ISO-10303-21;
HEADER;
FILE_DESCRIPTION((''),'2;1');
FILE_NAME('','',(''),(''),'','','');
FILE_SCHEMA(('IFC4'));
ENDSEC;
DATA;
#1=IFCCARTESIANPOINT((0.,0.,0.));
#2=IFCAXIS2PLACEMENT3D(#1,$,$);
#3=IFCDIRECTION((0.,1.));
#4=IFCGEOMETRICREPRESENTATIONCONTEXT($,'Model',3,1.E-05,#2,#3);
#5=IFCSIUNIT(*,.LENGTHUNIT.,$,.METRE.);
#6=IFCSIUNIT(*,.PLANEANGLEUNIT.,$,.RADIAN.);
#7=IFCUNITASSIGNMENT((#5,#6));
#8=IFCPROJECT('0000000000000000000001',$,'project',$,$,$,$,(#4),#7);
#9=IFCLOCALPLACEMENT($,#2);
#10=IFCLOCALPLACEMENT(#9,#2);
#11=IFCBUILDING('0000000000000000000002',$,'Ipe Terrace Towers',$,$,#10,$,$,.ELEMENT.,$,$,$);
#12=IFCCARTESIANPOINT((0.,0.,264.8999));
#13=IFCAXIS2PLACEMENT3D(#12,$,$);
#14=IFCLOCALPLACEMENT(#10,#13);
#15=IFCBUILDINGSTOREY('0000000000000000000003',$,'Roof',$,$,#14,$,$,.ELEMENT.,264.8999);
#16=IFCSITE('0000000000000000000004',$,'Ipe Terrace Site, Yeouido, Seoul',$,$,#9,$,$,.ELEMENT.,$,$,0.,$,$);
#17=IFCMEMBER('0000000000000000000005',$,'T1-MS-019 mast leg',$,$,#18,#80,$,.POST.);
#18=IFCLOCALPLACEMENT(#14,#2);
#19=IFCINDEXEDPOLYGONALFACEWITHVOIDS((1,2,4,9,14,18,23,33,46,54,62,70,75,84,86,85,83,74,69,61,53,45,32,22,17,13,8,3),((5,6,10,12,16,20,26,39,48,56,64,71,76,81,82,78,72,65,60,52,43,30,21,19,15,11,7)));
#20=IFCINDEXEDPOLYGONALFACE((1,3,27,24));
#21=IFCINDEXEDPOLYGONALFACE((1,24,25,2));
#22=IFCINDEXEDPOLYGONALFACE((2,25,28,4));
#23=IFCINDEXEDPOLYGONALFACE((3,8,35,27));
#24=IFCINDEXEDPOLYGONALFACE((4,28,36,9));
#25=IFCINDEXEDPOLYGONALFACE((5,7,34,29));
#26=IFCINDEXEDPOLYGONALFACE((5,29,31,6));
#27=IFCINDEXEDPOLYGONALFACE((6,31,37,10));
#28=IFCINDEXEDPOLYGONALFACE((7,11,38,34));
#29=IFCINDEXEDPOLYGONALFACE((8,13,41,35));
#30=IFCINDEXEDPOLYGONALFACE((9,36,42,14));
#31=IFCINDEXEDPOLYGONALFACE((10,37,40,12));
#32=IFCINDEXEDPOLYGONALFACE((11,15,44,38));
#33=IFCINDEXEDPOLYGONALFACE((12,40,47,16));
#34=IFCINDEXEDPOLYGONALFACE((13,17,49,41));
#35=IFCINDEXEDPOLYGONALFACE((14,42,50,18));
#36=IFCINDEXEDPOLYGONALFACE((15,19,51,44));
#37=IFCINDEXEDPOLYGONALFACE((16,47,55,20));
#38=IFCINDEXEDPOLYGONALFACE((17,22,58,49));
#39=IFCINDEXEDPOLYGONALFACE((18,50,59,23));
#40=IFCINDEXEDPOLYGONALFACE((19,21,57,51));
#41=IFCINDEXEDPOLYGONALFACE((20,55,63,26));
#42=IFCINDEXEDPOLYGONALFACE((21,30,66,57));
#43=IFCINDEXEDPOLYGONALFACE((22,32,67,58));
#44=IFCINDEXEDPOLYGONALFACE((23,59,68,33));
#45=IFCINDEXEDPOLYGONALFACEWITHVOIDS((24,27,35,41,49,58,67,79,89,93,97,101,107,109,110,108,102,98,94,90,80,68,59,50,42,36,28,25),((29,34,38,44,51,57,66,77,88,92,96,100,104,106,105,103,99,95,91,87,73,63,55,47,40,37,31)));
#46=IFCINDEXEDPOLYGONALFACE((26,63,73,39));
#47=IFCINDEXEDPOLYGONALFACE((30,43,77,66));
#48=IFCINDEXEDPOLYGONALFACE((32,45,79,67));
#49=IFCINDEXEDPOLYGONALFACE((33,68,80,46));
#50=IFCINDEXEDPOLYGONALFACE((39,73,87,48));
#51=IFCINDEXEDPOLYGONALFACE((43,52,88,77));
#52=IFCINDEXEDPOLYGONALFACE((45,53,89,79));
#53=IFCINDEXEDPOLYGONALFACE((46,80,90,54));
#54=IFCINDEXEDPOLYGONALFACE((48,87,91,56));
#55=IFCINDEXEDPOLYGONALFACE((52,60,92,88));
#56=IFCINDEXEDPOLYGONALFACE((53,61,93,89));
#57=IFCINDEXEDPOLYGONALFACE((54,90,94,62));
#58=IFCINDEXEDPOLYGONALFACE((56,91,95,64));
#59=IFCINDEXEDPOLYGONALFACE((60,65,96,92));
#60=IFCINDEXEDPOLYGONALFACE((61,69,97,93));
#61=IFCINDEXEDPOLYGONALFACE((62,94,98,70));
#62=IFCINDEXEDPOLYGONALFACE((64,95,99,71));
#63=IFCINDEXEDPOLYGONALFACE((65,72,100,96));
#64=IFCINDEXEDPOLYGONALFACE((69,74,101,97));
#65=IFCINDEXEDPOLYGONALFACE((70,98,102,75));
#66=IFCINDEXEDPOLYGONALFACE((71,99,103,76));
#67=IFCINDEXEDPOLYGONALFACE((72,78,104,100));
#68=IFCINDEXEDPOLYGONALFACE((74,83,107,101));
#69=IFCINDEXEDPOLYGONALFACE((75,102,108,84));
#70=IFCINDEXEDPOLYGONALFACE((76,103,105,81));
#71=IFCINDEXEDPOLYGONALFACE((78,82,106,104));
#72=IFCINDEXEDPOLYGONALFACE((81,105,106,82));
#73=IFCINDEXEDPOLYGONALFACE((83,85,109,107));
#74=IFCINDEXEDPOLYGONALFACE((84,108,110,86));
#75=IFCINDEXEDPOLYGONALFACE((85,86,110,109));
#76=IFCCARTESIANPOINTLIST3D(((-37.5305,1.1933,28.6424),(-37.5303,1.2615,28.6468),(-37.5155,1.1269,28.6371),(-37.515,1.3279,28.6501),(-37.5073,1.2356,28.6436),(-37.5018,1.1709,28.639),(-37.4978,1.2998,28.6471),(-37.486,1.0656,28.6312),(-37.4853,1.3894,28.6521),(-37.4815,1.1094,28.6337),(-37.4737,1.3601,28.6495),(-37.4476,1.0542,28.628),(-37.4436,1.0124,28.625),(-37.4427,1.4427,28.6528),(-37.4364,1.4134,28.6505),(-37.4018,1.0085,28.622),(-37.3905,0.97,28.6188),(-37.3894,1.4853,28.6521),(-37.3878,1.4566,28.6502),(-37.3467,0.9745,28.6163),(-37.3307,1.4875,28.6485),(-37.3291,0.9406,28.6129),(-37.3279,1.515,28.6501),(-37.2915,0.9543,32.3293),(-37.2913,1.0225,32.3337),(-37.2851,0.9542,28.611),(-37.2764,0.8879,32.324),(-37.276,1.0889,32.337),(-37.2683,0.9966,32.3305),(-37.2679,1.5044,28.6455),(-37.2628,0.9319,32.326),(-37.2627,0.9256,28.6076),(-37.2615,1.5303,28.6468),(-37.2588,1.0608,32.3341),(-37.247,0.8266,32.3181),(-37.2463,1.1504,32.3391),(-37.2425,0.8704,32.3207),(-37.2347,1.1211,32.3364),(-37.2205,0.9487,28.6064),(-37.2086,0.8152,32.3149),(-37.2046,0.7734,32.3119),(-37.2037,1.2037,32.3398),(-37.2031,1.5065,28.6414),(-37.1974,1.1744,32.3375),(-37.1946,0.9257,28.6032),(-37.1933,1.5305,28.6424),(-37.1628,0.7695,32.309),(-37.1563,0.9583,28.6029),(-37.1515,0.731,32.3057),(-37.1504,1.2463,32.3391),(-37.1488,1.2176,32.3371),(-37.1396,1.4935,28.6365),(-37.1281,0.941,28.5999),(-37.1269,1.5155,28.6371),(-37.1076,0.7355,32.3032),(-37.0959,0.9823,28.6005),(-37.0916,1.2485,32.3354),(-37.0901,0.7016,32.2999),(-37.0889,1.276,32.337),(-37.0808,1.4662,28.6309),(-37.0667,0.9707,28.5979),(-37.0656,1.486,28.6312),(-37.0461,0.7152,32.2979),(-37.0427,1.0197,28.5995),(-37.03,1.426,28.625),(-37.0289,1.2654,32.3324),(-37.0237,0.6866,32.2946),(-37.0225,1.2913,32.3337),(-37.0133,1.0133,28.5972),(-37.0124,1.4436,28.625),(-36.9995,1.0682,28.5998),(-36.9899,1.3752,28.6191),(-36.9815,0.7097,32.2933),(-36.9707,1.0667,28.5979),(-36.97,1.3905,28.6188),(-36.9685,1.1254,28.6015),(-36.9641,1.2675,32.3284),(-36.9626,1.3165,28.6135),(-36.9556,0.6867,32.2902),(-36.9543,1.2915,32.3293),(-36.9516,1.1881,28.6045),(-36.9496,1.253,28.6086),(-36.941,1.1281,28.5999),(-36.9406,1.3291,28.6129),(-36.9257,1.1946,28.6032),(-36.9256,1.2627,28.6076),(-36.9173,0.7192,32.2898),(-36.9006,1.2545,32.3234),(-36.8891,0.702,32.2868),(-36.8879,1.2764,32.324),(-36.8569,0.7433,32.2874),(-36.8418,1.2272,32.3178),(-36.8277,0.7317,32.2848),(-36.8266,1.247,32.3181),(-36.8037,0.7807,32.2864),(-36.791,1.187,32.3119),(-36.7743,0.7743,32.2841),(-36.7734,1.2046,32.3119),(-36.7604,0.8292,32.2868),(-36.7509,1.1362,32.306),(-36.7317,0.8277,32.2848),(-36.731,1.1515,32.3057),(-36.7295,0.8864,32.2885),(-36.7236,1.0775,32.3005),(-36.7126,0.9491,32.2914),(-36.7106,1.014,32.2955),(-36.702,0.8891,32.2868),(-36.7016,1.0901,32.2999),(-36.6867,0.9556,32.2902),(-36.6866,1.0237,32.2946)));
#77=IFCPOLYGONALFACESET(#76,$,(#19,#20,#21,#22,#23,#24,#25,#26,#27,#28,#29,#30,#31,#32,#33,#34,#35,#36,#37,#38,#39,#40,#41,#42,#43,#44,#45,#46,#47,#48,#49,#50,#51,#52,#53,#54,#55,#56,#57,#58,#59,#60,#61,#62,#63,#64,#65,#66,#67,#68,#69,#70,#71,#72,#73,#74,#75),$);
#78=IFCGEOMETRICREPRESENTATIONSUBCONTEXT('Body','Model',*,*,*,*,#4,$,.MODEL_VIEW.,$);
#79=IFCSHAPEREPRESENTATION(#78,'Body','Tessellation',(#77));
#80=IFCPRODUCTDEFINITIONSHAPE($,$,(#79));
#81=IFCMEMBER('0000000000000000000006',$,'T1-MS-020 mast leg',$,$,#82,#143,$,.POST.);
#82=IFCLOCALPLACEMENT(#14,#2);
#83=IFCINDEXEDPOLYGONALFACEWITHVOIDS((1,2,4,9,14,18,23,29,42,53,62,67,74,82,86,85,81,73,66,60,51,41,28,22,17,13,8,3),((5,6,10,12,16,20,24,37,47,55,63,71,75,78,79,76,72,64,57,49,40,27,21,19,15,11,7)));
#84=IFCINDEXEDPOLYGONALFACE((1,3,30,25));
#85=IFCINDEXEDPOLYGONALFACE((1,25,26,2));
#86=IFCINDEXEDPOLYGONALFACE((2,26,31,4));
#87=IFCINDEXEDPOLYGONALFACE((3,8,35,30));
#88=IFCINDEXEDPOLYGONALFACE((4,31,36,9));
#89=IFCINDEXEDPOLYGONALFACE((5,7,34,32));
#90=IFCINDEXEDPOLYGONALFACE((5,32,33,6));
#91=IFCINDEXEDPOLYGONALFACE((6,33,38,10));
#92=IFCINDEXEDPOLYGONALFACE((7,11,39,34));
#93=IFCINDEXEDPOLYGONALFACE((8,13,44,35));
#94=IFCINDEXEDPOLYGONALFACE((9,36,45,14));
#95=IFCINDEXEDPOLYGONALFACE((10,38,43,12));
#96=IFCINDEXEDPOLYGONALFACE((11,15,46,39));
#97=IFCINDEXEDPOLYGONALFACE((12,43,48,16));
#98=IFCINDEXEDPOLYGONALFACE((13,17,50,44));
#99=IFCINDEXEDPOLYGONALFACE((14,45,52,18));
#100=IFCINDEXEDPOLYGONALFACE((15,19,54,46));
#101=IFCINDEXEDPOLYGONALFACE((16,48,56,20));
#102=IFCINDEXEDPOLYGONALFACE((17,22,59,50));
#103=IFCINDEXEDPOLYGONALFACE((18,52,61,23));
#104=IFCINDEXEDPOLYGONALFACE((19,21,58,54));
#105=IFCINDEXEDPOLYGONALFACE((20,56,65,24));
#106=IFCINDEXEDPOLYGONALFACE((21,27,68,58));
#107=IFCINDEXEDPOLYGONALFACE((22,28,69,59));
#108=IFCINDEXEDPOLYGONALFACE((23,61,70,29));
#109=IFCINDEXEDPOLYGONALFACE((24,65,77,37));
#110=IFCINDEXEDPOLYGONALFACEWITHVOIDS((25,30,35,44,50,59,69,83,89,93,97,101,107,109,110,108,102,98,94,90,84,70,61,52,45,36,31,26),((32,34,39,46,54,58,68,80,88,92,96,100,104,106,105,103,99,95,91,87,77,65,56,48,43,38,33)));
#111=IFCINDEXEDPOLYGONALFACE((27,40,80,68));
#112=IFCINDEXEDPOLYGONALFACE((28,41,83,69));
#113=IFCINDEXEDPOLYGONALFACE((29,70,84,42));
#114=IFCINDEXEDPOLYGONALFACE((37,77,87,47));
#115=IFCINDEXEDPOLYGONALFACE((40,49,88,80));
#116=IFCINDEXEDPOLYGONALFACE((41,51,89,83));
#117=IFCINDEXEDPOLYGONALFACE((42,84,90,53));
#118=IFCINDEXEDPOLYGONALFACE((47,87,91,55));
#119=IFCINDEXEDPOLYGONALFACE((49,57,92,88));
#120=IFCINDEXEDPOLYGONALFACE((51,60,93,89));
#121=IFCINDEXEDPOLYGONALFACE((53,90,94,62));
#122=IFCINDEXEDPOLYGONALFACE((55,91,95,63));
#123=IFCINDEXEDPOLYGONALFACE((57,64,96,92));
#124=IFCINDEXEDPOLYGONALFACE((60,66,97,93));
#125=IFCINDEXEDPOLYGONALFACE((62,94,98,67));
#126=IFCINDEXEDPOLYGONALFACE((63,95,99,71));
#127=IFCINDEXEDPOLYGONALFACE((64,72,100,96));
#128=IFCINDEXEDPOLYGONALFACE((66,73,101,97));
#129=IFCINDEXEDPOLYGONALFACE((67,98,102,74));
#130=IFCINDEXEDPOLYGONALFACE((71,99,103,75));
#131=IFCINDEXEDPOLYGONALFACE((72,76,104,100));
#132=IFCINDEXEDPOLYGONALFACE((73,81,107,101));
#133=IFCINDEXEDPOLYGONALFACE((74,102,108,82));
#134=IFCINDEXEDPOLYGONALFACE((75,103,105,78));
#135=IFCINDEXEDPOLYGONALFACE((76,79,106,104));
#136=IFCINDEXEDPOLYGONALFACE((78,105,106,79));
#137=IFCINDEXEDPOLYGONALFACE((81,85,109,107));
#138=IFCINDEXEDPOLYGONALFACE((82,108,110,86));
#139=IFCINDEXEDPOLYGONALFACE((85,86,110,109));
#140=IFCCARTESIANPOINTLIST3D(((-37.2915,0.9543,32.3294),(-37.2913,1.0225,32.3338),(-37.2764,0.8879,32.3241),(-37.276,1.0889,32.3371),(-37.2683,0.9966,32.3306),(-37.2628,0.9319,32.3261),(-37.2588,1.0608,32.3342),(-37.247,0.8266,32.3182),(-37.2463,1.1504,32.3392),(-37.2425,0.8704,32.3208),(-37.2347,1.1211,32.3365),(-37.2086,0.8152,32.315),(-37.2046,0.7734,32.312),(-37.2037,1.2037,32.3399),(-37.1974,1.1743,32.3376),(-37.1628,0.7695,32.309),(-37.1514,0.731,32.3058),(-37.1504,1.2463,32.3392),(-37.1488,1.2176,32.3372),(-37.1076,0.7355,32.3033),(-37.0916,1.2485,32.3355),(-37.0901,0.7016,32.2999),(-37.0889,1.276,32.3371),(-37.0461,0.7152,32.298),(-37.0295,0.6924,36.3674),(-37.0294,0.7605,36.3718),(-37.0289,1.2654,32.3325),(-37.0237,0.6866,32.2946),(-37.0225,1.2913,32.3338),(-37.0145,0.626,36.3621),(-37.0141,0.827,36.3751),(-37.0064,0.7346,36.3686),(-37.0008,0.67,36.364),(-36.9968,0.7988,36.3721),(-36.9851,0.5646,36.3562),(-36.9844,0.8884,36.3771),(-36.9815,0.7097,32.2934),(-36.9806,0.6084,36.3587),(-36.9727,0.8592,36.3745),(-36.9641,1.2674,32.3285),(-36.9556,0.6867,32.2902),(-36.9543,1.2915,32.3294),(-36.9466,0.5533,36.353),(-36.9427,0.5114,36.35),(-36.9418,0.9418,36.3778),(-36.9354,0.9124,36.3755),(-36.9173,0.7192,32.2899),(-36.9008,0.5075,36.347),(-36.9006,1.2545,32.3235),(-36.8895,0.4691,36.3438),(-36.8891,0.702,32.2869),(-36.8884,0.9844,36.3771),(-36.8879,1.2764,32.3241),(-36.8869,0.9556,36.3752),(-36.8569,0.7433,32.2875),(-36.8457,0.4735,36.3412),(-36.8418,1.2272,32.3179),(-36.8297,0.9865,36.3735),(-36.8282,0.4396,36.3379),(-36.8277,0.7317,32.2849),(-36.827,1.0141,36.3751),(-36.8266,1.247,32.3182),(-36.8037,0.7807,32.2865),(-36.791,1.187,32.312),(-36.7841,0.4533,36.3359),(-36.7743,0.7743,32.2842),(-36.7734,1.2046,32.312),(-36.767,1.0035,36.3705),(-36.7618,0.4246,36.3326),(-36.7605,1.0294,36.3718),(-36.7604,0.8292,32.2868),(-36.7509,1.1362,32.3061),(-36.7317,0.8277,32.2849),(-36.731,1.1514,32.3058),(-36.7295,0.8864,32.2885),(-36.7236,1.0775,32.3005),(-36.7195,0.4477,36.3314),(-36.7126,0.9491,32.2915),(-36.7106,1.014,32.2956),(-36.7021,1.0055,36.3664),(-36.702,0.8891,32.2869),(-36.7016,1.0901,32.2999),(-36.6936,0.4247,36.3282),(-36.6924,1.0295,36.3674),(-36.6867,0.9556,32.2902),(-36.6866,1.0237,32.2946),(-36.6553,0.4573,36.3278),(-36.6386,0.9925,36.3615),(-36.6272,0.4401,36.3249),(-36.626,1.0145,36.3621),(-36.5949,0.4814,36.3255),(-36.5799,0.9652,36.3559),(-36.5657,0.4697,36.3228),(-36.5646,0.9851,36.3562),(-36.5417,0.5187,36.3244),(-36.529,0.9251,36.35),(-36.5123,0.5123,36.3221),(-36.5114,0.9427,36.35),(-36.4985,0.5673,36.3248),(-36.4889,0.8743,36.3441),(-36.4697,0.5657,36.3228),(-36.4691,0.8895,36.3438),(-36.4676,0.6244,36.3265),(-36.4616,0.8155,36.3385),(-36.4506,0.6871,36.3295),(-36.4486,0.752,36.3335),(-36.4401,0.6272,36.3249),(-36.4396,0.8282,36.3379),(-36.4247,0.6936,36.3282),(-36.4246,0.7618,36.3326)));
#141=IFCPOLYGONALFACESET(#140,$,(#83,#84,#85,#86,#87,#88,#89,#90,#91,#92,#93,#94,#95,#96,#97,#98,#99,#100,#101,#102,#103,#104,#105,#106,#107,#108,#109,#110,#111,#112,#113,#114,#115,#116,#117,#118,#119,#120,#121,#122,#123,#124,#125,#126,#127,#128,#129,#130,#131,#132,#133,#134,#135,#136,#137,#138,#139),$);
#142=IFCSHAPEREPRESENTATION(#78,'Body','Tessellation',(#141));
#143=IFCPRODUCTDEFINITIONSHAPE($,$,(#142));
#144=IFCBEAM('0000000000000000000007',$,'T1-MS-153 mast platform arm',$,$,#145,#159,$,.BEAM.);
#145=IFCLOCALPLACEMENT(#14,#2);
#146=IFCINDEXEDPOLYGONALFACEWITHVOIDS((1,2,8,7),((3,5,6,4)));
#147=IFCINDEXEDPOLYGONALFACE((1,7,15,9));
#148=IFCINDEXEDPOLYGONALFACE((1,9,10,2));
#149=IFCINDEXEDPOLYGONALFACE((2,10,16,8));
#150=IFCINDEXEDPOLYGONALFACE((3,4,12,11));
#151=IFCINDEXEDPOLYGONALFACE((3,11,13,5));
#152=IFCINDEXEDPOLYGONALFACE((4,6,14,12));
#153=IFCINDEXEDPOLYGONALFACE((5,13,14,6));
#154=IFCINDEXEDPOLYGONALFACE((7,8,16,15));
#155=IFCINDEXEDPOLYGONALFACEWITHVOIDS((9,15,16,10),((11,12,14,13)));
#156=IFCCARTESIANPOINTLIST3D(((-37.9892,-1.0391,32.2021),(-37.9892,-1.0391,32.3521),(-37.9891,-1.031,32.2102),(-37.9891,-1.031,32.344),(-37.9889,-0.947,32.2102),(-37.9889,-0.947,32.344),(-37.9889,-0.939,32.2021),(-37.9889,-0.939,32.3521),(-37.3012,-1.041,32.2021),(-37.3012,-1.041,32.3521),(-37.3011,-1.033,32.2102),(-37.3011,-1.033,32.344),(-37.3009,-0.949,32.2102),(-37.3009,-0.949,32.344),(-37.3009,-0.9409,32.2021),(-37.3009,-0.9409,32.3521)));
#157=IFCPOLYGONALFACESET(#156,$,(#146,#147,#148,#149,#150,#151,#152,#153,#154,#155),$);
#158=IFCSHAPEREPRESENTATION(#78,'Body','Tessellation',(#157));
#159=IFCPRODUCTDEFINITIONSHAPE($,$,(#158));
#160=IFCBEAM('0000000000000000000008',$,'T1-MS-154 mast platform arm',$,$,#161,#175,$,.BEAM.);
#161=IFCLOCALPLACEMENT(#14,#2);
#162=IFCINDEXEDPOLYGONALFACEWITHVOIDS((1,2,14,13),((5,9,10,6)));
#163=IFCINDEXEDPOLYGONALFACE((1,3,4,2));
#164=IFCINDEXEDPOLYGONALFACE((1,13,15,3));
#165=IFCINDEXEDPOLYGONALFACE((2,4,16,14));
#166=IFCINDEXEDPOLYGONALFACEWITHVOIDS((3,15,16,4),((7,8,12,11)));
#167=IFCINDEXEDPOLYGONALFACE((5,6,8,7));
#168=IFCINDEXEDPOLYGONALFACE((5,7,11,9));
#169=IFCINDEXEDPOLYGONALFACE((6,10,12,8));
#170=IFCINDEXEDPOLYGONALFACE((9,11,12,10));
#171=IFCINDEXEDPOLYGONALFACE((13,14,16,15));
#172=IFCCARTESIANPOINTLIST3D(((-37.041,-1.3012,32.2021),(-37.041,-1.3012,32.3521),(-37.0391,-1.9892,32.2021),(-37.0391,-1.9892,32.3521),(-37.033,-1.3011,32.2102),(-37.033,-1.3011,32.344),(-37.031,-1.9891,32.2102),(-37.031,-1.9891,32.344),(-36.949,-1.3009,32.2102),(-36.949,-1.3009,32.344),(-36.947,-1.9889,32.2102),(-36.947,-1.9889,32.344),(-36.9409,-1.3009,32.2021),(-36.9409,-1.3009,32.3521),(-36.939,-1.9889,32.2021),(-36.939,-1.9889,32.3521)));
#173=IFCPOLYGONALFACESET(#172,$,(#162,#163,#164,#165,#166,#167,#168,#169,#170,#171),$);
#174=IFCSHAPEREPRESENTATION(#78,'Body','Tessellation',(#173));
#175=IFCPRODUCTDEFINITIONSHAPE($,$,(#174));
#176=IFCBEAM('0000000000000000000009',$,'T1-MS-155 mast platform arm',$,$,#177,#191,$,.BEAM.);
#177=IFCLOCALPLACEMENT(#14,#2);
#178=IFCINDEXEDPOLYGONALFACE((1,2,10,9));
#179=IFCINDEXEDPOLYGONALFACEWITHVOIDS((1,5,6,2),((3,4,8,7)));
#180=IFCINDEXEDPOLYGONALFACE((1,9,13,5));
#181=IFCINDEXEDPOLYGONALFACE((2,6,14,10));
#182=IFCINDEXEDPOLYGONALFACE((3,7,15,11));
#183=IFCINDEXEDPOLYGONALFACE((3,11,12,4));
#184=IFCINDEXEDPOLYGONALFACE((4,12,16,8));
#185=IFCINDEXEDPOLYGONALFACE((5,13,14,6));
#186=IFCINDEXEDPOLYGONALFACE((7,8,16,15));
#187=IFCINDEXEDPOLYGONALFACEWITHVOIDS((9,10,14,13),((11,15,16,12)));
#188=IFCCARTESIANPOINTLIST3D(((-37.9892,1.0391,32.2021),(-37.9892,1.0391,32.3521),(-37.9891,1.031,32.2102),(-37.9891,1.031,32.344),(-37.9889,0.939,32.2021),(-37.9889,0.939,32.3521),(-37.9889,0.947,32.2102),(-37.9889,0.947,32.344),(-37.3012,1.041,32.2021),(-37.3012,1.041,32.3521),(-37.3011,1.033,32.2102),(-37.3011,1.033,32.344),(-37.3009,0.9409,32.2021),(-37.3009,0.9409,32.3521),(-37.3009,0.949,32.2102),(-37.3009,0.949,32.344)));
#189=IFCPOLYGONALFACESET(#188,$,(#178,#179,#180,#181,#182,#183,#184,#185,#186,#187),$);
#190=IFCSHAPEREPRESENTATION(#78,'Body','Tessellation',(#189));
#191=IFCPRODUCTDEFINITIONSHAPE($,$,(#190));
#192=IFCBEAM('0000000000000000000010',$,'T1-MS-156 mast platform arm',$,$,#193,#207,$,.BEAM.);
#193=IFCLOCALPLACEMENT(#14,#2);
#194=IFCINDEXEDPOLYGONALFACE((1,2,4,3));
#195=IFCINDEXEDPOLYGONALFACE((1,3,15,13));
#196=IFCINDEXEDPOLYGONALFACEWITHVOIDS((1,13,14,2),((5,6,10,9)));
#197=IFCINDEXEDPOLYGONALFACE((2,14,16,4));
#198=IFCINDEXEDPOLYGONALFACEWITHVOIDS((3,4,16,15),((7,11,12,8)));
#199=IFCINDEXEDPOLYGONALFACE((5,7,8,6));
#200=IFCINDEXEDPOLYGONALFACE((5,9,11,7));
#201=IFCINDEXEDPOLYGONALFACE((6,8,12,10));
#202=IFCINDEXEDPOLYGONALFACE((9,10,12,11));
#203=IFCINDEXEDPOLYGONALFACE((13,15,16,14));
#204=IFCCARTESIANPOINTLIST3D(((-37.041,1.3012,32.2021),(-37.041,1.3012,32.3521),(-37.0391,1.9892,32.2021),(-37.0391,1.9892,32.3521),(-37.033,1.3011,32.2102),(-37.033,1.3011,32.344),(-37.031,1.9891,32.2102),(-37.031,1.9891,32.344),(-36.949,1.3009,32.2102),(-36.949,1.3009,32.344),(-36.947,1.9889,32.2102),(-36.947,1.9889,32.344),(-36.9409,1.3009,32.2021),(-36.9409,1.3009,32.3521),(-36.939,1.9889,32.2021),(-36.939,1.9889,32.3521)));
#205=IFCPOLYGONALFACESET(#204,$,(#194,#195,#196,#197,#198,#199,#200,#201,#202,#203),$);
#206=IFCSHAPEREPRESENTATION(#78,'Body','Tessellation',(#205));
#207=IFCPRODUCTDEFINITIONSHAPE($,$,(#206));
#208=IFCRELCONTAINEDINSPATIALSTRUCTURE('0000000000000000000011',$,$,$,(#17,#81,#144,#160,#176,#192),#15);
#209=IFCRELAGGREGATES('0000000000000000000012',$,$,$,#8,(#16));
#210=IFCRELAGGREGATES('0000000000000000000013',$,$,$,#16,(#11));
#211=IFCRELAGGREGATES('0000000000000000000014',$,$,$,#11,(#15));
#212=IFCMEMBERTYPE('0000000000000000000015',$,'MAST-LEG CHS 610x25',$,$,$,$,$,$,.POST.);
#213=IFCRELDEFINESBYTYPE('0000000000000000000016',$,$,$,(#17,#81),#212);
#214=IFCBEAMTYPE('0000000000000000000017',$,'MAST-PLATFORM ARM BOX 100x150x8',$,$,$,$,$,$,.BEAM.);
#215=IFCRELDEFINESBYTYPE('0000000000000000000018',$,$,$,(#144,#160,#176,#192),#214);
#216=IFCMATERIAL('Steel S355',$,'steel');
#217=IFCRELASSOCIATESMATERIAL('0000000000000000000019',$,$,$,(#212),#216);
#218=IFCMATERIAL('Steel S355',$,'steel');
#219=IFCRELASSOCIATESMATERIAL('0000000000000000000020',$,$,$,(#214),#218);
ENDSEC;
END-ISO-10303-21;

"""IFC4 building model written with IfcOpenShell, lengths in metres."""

from ifc_helpers import new_model, si_unit, direction, frame, origin, origin_2d, place, context, subcontext, project, spatial, hollow_rectangle, hollow_circle, extrude, material, material_profile, profile_set, type_object, element, save


model = new_model("IFC4")

# Units and contexts
model_context = context("Model", 3, precision=1e-05, world=origin(), true_north=direction((0.0, 1.0)))
body_context = subcontext(model_context, "Body", "Model", "MODEL_VIEW")
ifc_project = project(units=[si_unit("LENGTHUNIT", "METRE"), si_unit("PLANEANGLEUNIT", "RADIAN")], contexts=[model_context])

# Site, building, storey
site_placement = place(None, origin())
site = spatial("IfcSite", under=ifc_project, at=site_placement, Name="Ipe Terrace Site, Yeouido, Seoul", CompositionType="ELEMENT", RefElevation=0.0)
building_placement = place(site_placement, origin())
building = spatial("IfcBuilding", under=site, at=building_placement, Name="Ipe Terrace Towers", CompositionType="ELEMENT")
storey_placement = place(building_placement, frame((0.0, 0.0, 264.8999)))
storey = spatial("IfcBuildingStorey", under=building, at=storey_placement, Name="Roof", CompositionType="ELEMENT", Elevation=264.8999)

# Members
ifc_material_1 = material(Name="Steel S355", Category="steel")
ifc_material_profile_1 = material_profile(ifc_material_1, hollow_circle(Radius=0.3049, WallThickness=0.0249, at=origin_2d()), Name="MAST-LEG CHS 610x25")
ifc_profile_set_1 = profile_set([ifc_material_profile_1], Name="Steel S355")
member_type_1 = type_object("IfcMemberType", Name="MAST-LEG CHS 610x25", PredefinedType="POST", material=ifc_profile_set_1)
member_1_placement = place(storey_placement, frame((-37.228, 1.228, 28.625), z_axis=(0.064555, -0.064555, 0.995824), x_axis=(0.707107, 0.707107, 0.0)))
element("IfcMember", 1, at=member_1_placement, inside=storey, type_object=member_type_1, Name="T1-MS-019 mast leg", PredefinedType="POST", context=body_context, shape_type="SweptSolid", body=[
    extrude(hollow_circle(Radius=0.3049, WallThickness=0.0249, at=origin_2d()), origin(), (0.0, 0.0, 1.0), 3.7024),
])
member_2_placement = place(storey_placement, frame((-36.989, 0.989, 32.312), z_axis=(0.064602, -0.064602, 0.995818), x_axis=(0.707107, 0.707107, 0.0)))
element("IfcMember", 2, at=member_2_placement, inside=storey, type_object=member_type_1, Name="T1-MS-020 mast leg", PredefinedType="POST", context=body_context, shape_type="SweptSolid", body=[
    extrude(hollow_circle(Radius=0.3049, WallThickness=0.0249, at=origin_2d()), origin(), (0.0, 0.0, 1.0), 4.0549),
])

# Beams
ifc_material_2 = material(Name="Steel S355", Category="steel")
ifc_material_profile_2 = material_profile(ifc_material_2, hollow_rectangle(XDim=0.1001, YDim=0.1499, WallThickness=0.0081, at=origin_2d()), Name="MAST-PLATFORM ARM BOX 100x150x8")
ifc_profile_set_2 = profile_set([ifc_material_profile_2], Name="Steel S355")
beam_type_1 = type_object("IfcBeamType", Name="MAST-PLATFORM ARM BOX 100x150x8", PredefinedType="BEAM", material=ifc_profile_set_2)
for number, where, z_axis, x_axis, name in (
    (3, (-37.301, -0.991, 32.2771), (-0.999996, 0.002839, 0.0), (-0.002839, -0.999996, 0.0), "T1-MS-153 mast platform arm"),
    (4, (-36.991, -1.301, 32.2771), (0.002839, -0.999996, 0.0), (0.999996, 0.002839, 0.0), "T1-MS-154 mast platform arm"),
    (5, (-37.301, 0.991, 32.2771), (-0.999996, -0.002839, 0.0), (0.002839, -0.999996, 0.0), "T1-MS-155 mast platform arm"),
    (6, (-36.991, 1.301, 32.2771), (0.002839, 0.999996, 0.0), (-0.999996, 0.002839, 0.0), "T1-MS-156 mast platform arm"),
):
    element("IfcBeam", number, at=place(storey_placement, frame(where, z_axis=z_axis, x_axis=x_axis)), inside=storey, type_object=beam_type_1, Name=name, PredefinedType="BEAM", context=body_context, shape_type="SweptSolid", body=[
        extrude(hollow_rectangle(XDim=0.1001, YDim=0.1499, WallThickness=0.0081, at=origin_2d()), origin(), (0.0, 0.0, 1.0), 0.688),
    ])

save(model, "model.ifc")
